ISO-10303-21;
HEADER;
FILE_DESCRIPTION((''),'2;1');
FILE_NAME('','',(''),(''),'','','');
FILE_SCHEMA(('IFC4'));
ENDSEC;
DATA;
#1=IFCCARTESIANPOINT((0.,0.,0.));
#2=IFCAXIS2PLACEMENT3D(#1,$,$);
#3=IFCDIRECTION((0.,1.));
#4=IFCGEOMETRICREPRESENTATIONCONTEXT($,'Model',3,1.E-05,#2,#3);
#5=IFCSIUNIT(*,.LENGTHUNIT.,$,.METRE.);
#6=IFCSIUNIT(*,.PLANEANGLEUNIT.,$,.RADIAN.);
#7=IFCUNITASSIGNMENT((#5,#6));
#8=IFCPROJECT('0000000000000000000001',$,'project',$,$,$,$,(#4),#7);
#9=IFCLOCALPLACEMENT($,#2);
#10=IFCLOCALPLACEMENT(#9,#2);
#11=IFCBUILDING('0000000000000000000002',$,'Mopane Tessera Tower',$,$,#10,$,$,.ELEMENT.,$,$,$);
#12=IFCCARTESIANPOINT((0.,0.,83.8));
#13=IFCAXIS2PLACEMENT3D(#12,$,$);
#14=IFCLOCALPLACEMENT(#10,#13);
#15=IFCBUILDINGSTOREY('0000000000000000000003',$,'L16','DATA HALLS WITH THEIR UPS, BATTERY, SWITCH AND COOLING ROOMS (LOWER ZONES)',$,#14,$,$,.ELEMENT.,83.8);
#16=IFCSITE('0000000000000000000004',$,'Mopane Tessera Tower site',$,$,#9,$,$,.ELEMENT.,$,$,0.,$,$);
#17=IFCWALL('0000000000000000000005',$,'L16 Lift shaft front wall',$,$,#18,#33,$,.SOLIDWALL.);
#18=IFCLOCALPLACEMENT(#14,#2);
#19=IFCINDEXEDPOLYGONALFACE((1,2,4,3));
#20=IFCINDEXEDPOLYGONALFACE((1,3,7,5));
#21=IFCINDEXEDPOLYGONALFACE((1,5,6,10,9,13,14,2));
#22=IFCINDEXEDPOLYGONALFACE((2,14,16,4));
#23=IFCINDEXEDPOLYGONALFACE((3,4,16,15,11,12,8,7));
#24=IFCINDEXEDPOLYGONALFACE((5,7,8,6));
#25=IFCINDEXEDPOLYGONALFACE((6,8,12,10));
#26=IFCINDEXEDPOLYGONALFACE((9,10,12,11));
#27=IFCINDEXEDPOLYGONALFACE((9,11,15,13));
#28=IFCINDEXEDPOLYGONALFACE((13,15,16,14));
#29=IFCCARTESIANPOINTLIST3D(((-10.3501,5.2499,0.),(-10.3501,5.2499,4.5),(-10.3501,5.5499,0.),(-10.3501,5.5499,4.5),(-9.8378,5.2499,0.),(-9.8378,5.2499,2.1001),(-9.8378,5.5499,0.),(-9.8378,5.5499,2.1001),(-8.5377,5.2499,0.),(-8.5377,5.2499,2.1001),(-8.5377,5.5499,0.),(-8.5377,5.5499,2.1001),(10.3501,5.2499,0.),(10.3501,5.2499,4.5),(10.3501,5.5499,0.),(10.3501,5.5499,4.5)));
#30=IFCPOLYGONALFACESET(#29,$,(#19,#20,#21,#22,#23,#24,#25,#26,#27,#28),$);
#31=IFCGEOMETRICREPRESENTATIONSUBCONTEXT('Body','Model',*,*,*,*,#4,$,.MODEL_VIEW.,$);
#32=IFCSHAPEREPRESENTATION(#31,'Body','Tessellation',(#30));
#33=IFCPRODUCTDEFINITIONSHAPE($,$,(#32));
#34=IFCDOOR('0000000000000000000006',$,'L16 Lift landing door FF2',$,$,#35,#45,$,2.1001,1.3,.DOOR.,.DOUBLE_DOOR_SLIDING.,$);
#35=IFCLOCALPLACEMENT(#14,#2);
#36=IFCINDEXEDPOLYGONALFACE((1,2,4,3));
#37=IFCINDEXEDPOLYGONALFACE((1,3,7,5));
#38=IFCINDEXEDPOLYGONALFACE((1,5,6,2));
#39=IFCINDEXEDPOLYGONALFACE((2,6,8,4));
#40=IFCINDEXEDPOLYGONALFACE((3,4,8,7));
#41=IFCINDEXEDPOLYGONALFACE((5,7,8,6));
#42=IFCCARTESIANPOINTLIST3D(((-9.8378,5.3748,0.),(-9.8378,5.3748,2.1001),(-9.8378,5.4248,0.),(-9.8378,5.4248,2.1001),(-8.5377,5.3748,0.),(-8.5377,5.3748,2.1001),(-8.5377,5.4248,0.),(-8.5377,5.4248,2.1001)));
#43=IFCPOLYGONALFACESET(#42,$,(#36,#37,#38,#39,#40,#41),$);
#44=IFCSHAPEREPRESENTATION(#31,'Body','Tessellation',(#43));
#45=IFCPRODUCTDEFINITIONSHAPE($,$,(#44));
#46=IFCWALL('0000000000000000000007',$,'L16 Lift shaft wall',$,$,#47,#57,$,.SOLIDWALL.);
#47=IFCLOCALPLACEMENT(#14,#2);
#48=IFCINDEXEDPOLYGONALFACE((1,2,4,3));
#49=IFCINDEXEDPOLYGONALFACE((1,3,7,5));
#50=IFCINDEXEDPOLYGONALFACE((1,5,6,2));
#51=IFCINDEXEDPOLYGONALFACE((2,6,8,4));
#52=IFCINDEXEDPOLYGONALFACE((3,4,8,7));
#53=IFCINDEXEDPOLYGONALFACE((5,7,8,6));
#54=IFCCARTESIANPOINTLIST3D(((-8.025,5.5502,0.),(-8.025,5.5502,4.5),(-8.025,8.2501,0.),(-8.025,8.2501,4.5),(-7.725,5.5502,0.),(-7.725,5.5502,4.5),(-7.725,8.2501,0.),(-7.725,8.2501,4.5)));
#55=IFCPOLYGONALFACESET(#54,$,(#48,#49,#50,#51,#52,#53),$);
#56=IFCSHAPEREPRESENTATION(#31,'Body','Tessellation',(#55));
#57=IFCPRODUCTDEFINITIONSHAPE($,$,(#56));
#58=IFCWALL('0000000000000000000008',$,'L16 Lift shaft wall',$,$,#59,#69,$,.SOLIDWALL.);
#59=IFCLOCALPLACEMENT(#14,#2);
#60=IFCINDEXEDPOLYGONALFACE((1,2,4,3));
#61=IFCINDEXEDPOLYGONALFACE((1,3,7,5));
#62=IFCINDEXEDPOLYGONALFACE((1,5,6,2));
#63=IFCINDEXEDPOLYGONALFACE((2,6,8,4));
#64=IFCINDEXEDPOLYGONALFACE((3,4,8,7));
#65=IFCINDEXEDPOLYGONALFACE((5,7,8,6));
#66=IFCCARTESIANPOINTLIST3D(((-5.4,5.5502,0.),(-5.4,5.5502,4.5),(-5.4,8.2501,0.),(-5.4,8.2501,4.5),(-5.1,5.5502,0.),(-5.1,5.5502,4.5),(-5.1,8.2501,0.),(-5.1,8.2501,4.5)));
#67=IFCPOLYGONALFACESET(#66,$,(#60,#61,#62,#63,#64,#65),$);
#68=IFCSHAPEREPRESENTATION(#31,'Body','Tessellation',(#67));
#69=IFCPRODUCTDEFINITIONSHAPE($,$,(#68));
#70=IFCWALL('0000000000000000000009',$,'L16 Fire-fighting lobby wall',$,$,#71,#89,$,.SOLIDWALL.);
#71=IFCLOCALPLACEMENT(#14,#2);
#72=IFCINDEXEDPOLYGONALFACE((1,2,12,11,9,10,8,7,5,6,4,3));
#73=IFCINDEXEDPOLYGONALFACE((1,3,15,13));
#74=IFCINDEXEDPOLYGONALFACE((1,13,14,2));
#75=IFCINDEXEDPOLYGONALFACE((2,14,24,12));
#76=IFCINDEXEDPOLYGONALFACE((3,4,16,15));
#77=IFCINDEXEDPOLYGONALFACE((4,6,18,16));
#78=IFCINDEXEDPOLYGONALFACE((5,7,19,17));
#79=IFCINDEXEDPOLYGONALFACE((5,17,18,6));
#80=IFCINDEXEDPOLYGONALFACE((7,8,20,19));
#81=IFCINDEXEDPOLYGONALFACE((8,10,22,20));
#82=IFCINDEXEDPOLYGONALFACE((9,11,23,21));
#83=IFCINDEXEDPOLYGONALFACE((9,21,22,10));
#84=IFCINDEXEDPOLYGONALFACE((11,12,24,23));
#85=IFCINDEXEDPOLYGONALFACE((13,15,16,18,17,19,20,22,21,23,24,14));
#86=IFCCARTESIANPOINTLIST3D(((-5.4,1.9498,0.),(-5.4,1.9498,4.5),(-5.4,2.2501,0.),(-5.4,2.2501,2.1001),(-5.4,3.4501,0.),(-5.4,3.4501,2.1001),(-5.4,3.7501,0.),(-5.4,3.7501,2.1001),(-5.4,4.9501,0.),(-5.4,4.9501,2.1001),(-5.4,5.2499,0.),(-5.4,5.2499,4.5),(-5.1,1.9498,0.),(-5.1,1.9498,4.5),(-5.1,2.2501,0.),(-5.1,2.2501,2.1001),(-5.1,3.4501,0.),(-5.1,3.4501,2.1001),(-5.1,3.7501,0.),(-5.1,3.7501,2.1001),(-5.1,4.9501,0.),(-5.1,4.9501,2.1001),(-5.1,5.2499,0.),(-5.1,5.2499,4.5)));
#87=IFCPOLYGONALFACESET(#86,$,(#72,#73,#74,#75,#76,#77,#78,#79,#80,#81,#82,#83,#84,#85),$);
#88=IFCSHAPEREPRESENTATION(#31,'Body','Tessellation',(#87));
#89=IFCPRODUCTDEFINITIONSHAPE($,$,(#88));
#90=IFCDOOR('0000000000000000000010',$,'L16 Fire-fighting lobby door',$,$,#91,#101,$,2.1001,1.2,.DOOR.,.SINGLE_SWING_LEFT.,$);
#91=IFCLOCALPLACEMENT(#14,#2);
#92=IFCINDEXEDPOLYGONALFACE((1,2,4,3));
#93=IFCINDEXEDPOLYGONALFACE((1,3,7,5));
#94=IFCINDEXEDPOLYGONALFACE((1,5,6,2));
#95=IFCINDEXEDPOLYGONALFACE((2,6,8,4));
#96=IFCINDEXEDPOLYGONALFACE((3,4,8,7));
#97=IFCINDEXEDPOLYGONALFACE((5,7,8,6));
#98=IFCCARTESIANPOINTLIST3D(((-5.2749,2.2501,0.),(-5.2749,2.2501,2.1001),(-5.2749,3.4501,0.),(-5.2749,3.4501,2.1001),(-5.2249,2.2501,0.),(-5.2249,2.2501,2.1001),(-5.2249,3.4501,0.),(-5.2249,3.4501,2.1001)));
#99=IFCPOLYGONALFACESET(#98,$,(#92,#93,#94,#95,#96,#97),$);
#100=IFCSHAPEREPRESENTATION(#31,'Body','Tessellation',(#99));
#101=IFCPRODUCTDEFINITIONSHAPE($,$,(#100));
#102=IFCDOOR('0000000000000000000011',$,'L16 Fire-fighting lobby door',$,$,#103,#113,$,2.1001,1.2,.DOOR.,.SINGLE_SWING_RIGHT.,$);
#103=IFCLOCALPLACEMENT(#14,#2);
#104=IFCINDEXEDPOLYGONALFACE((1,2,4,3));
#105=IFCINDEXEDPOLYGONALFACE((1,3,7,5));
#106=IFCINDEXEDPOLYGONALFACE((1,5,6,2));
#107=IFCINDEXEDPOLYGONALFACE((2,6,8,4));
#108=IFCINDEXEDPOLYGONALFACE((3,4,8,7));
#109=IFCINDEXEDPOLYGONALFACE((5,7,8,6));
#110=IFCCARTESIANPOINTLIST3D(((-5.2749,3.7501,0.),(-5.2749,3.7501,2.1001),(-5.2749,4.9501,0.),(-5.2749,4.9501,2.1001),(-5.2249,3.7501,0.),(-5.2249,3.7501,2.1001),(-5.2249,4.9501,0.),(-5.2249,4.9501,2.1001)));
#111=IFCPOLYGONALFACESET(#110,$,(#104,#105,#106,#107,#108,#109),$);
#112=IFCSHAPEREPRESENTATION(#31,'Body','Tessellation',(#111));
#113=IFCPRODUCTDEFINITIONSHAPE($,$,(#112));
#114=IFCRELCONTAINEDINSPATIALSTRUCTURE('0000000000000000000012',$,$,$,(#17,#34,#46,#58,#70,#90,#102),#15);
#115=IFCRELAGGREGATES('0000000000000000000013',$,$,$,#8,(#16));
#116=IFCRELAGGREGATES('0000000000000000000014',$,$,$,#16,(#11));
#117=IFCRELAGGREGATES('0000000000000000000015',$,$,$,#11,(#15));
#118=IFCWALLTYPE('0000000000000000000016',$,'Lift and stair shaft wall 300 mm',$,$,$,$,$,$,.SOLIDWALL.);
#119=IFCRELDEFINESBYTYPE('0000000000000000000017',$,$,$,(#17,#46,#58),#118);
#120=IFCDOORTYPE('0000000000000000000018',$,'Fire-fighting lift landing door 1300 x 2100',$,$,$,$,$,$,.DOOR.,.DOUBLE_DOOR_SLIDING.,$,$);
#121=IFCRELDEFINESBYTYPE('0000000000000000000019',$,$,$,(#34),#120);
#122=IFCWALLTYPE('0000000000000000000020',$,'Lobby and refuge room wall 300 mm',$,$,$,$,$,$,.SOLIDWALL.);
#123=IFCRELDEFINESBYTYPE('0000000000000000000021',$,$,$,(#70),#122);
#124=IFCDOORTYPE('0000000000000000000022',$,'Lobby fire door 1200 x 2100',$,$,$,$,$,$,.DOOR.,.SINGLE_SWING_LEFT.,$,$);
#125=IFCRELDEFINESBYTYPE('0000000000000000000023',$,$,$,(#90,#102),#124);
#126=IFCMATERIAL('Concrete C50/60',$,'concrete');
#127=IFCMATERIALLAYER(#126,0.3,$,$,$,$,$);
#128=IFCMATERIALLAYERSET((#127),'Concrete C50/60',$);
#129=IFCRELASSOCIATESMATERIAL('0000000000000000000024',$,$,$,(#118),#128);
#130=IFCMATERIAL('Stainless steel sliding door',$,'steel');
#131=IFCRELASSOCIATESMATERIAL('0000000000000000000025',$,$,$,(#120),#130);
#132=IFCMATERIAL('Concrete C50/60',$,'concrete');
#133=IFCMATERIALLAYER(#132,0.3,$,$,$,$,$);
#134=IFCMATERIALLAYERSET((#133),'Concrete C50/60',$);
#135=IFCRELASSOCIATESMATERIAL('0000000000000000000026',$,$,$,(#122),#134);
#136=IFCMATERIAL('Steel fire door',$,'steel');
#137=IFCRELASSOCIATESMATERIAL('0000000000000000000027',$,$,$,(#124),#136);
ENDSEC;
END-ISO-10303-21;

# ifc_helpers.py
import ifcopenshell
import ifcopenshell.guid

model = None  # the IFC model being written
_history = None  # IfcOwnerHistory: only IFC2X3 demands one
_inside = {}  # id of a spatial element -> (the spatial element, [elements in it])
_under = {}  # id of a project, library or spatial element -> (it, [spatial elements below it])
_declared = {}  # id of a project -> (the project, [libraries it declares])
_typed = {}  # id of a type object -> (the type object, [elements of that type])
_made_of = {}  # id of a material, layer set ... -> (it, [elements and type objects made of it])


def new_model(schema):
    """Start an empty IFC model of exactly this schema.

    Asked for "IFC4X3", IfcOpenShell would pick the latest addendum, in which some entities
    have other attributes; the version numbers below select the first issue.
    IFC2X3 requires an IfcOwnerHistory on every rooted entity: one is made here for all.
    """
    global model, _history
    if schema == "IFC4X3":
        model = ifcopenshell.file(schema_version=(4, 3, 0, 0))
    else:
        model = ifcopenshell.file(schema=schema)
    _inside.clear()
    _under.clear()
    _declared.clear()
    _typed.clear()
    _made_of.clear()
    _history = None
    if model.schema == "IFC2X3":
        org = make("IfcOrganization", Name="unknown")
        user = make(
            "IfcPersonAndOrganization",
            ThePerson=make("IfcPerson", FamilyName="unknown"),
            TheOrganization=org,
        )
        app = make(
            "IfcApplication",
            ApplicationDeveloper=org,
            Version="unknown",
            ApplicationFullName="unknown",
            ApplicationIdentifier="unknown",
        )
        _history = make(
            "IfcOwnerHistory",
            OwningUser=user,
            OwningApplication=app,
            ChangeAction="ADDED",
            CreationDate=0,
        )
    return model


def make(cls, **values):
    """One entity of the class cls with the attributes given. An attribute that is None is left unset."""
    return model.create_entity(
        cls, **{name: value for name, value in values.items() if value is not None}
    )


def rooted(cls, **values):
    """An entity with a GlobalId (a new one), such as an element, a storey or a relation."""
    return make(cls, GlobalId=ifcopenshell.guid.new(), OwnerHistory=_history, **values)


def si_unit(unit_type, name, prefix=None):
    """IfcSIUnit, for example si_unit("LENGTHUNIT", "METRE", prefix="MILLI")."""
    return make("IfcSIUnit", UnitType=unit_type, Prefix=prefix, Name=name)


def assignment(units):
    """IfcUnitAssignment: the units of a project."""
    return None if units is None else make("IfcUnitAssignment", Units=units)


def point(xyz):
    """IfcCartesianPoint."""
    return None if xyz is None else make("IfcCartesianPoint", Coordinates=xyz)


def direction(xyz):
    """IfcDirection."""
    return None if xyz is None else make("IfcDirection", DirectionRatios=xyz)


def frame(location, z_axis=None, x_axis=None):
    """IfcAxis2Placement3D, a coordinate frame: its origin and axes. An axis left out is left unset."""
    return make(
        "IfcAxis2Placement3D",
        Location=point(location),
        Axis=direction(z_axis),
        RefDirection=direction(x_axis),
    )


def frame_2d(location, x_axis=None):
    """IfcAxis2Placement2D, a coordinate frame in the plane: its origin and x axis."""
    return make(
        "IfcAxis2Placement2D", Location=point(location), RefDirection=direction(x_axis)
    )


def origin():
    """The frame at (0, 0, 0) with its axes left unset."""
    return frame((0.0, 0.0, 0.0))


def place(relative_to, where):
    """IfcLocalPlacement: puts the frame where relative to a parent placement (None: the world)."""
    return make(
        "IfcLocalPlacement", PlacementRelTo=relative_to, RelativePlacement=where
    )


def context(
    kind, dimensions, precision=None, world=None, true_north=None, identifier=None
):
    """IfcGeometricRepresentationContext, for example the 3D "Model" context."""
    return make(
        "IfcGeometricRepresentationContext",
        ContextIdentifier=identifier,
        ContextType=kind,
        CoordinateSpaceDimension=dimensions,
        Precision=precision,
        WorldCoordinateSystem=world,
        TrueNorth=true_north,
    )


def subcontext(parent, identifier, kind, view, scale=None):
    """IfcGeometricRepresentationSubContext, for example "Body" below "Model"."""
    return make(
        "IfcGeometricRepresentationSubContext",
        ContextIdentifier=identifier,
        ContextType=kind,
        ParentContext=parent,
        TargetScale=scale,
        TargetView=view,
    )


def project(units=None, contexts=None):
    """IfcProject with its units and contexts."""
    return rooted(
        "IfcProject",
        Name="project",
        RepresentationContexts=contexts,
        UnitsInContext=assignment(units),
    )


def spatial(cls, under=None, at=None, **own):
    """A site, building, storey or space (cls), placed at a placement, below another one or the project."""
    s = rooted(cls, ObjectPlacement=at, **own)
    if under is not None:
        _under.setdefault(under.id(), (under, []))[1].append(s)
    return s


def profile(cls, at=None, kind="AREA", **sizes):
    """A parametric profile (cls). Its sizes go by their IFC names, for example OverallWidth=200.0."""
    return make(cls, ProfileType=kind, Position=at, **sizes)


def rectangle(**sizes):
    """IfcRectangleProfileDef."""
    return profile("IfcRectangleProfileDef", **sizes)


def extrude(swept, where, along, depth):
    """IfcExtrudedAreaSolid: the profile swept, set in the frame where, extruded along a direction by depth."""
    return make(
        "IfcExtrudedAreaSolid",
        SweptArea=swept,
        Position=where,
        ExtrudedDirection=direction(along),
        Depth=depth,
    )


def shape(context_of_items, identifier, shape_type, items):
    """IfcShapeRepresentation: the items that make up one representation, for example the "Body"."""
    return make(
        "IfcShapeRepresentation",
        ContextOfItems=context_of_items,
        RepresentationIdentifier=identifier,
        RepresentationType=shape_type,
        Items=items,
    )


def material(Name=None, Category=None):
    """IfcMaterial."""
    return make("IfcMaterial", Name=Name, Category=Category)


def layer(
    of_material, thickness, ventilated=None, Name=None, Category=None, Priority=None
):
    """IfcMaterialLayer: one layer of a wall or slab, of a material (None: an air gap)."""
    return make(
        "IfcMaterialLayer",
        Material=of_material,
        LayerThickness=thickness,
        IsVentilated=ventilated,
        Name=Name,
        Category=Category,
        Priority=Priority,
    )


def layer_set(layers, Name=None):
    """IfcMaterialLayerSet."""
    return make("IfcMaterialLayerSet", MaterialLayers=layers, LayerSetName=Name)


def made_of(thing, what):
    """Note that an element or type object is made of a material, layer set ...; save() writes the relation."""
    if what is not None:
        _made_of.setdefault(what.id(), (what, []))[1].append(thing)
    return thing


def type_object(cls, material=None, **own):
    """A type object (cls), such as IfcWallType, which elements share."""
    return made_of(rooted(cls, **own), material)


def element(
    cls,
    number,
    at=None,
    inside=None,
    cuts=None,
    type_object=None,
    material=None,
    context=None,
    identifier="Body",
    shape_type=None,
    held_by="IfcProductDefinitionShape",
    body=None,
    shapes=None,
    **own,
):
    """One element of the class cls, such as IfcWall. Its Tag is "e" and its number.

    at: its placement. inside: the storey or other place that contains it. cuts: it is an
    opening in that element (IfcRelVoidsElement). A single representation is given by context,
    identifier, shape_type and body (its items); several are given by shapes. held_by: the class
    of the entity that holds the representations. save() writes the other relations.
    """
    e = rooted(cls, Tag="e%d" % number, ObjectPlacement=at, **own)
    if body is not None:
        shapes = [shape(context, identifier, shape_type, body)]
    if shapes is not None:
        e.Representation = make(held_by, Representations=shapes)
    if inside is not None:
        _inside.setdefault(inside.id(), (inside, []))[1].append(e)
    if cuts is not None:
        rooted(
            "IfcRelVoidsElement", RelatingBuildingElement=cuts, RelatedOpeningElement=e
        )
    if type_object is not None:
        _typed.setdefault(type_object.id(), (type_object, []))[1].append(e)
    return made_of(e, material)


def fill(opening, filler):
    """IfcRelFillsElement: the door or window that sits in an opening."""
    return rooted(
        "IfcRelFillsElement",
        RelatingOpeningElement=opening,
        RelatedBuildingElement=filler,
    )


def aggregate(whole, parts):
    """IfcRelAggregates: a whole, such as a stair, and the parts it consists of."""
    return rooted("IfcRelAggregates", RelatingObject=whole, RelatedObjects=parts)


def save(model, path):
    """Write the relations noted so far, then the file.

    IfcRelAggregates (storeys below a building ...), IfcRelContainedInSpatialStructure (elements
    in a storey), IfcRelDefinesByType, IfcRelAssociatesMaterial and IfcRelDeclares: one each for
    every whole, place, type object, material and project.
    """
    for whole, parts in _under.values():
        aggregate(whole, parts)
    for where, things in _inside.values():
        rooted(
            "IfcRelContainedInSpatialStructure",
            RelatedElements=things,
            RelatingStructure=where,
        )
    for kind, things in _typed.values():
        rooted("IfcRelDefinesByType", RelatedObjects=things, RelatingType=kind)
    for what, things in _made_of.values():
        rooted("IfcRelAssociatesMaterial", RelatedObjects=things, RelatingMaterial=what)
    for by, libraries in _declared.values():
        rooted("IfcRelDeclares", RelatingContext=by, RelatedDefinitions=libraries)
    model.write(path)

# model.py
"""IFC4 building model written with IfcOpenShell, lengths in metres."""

from ifc_helpers import new_model, si_unit, direction, frame, frame_2d, origin, place, context, subcontext, project, spatial, rectangle, extrude, material, layer, layer_set, type_object, element, fill, save


model = new_model("IFC4")

# Units and contexts
model_context = context("Model", 3, precision=1e-05, world=origin(), true_north=direction((0.0, 1.0)))
body_context = subcontext(model_context, "Body", "Model", "MODEL_VIEW")
ifc_project = project(units=[si_unit("LENGTHUNIT", "METRE"), si_unit("PLANEANGLEUNIT", "RADIAN")], contexts=[model_context])

# Site, building, storey
site_placement = place(None, origin())
site = spatial("IfcSite", under=ifc_project, at=site_placement, Name="Mopane Tessera Tower site", CompositionType="ELEMENT", RefElevation=0.0)
building_placement = place(site_placement, origin())
building = spatial("IfcBuilding", under=site, at=building_placement, Name="Mopane Tessera Tower", CompositionType="ELEMENT")
storey_placement = place(building_placement, frame((0.0, 0.0, 83.8)))
storey = spatial("IfcBuildingStorey", under=building, at=storey_placement, Name="L16", Description="DATA HALLS WITH THEIR UPS, BATTERY, SWITCH AND COOLING ROOMS (LOWER ZONES)", CompositionType="ELEMENT", Elevation=83.8)

# Shared definitions
ifc_material_1 = material(Name="Concrete C50/60", Category="concrete")
ifc_layer_1 = layer(ifc_material_1, 0.3)
ifc_layer_set_1 = layer_set([ifc_layer_1], Name="Concrete C50/60")
wall_type_1 = type_object("IfcWallType", Name="Lift and stair shaft wall 300 mm", PredefinedType="SOLIDWALL", material=ifc_layer_set_1)

# Shared definitions
ifc_material_2 = material(Name="Stainless steel sliding door", Category="steel")
door_type_1 = type_object("IfcDoorType", Name="Fire-fighting lift landing door 1300 x 2100", OperationType="DOUBLE_DOOR_SLIDING", PredefinedType="DOOR", material=ifc_material_2)

# Wall, opening, door
wall_1_placement = place(storey_placement, frame((-10.3501, 5.3999, 0.0), z_axis=(0.0, 0.0, 1.0), x_axis=(1.0, 0.0, 0.0)))
wall_1 = element("IfcWall", 1, at=wall_1_placement, inside=storey, type_object=wall_type_1, Name="L16 Lift shaft front wall", PredefinedType="SOLIDWALL", context=body_context, shape_type="SweptSolid", body=[
    extrude(rectangle(XDim=20.7002, YDim=0.3, at=frame_2d((10.3501, 0.0))), origin(), (0.0, 0.0, 1.0), 4.5),
])
opening_1_placement = place(wall_1_placement, frame((0.5125, 0.0, 0.0)))
opening_1 = element("IfcOpeningElement", 2, at=opening_1_placement, cuts=wall_1, PredefinedType="OPENING", context=body_context, shape_type="SweptSolid", body=[
    extrude(rectangle(XDim=1.3, YDim=2.1001, at=frame_2d((0.6499, 1.05))), frame((0.0, 0.1621, 0.0), z_axis=(0.0, -1.0, 0.0), x_axis=(1.0, 0.0, 0.0)), (0.0, 0.0, 1.0), 0.324),
])
door_1_placement = place(opening_1_placement, origin())
door_1 = element("IfcDoor", 3, at=door_1_placement, inside=storey, type_object=door_type_1, Name="L16 Lift landing door FF2", OperationType="DOUBLE_DOOR_SLIDING", OverallHeight=2.1001, OverallWidth=1.3, PredefinedType="DOOR", context=body_context, shape_type="SweptSolid", body=[
    extrude(rectangle(XDim=1.3, YDim=2.1001, at=frame_2d((0.6499, 1.05))), frame((0.0, 0.0249, 0.0), z_axis=(0.0, -1.0, 0.0), x_axis=(1.0, 0.0, 0.0)), (0.0, 0.0, 1.0), 0.05),
])
fill(opening_1, door_1)

# Walls
for number, where, z_axis, x_axis, name in (
    (4, (-7.875, 5.55, 0.0), (0.0, 0.0, 1.0), (0.0, 1.0, 0.0), "L16 Lift shaft wall"),
    (5, (-5.25, 5.55, 0.0), (0.0, 0.0, 1.0), (0.0, 1.0, 0.0), "L16 Lift shaft wall"),
):
    element("IfcWall", number, at=place(storey_placement, frame(where, z_axis=z_axis, x_axis=x_axis)), inside=storey, type_object=wall_type_1, Name=name, PredefinedType="SOLIDWALL", context=body_context, shape_type="SweptSolid", body=[
        extrude(rectangle(XDim=2.7, YDim=0.3, at=frame_2d((1.3501, 0.0))), origin(), (0.0, 0.0, 1.0), 4.5),
    ])

# Wall, openings, doors
ifc_material_3 = material(Name="Concrete C50/60", Category="concrete")
ifc_layer_2 = layer(ifc_material_3, 0.3)
ifc_layer_set_2 = layer_set([ifc_layer_2], Name="Concrete C50/60")
wall_type_2 = type_object("IfcWallType", Name="Lobby and refuge room wall 300 mm", PredefinedType="SOLIDWALL", material=ifc_layer_set_2)
wall_2_placement = place(storey_placement, frame((-5.25, 1.95, 0.0), z_axis=(0.0, 0.0, 1.0), x_axis=(0.0, 1.0, 0.0)))
wall_2 = element("IfcWall", 6, at=wall_2_placement, inside=storey, type_object=wall_type_2, Name="L16 Fire-fighting lobby wall", PredefinedType="SOLIDWALL", context=body_context, shape_type="SweptSolid", body=[
    extrude(rectangle(XDim=3.3, YDim=0.3, at=frame_2d((1.6499, 0.0))), origin(), (0.0, 0.0, 1.0), 4.5),
])
opening_2_placement = place(wall_2_placement, frame((0.3, 0.0, 0.0)))
opening_2 = element("IfcOpeningElement", 7, at=opening_2_placement, cuts=wall_2, PredefinedType="OPENING", context=body_context, shape_type="SweptSolid", body=[
    extrude(rectangle(XDim=1.2, YDim=2.1001, at=frame_2d((0.6001, 1.05))), frame((0.0, 0.1621, 0.0), z_axis=(0.0, -1.0, 0.0), x_axis=(1.0, 0.0, 0.0)), (0.0, 0.0, 1.0), 0.324),
])
opening_3_placement = place(wall_2_placement, frame((1.8, 0.0, 0.0)))
opening_3 = element("IfcOpeningElement", 8, at=opening_3_placement, cuts=wall_2, PredefinedType="OPENING", context=body_context, shape_type="SweptSolid", body=[
    extrude(rectangle(XDim=1.2, YDim=2.1001, at=frame_2d((0.6001, 1.05))), frame((0.0, 0.1621, 0.0), z_axis=(0.0, -1.0, 0.0), x_axis=(1.0, 0.0, 0.0)), (0.0, 0.0, 1.0), 0.324),
])
ifc_material_4 = material(Name="Steel fire door", Category="steel")
door_type_2 = type_object("IfcDoorType", Name="Lobby fire door 1200 x 2100", OperationType="SINGLE_SWING_LEFT", PredefinedType="DOOR", material=ifc_material_4)
door_2_placement = place(opening_2_placement, origin())
door_2 = element("IfcDoor", 9, at=door_2_placement, inside=storey, type_object=door_type_2, Name="L16 Fire-fighting lobby door", OperationType="SINGLE_SWING_LEFT", OverallHeight=2.1001, OverallWidth=1.2, PredefinedType="DOOR", context=body_context, shape_type="SweptSolid", body=[
    extrude(rectangle(XDim=1.2, YDim=2.1001, at=frame_2d((0.6001, 1.05))), frame((0.0, 0.0249, 0.0), z_axis=(0.0, -1.0, 0.0), x_axis=(1.0, 0.0, 0.0)), (0.0, 0.0, 1.0), 0.05),
])
fill(opening_2, door_2)
door_3_placement = place(opening_3_placement, origin())
door_3 = element("IfcDoor", 10, at=door_3_placement, inside=storey, type_object=door_type_2, Name="L16 Fire-fighting lobby door", OperationType="SINGLE_SWING_RIGHT", OverallHeight=2.1001, OverallWidth=1.2, PredefinedType="DOOR", context=body_context, shape_type="SweptSolid", body=[
    extrude(rectangle(XDim=1.2, YDim=2.1001, at=frame_2d((0.6001, 1.05))), frame((0.0, 0.0249, 0.0), z_axis=(0.0, -1.0, 0.0), x_axis=(1.0, 0.0, 0.0)), (0.0, 0.0, 1.0), 0.05),
])
fill(opening_3, door_3)

save(model, "model.ifc")
